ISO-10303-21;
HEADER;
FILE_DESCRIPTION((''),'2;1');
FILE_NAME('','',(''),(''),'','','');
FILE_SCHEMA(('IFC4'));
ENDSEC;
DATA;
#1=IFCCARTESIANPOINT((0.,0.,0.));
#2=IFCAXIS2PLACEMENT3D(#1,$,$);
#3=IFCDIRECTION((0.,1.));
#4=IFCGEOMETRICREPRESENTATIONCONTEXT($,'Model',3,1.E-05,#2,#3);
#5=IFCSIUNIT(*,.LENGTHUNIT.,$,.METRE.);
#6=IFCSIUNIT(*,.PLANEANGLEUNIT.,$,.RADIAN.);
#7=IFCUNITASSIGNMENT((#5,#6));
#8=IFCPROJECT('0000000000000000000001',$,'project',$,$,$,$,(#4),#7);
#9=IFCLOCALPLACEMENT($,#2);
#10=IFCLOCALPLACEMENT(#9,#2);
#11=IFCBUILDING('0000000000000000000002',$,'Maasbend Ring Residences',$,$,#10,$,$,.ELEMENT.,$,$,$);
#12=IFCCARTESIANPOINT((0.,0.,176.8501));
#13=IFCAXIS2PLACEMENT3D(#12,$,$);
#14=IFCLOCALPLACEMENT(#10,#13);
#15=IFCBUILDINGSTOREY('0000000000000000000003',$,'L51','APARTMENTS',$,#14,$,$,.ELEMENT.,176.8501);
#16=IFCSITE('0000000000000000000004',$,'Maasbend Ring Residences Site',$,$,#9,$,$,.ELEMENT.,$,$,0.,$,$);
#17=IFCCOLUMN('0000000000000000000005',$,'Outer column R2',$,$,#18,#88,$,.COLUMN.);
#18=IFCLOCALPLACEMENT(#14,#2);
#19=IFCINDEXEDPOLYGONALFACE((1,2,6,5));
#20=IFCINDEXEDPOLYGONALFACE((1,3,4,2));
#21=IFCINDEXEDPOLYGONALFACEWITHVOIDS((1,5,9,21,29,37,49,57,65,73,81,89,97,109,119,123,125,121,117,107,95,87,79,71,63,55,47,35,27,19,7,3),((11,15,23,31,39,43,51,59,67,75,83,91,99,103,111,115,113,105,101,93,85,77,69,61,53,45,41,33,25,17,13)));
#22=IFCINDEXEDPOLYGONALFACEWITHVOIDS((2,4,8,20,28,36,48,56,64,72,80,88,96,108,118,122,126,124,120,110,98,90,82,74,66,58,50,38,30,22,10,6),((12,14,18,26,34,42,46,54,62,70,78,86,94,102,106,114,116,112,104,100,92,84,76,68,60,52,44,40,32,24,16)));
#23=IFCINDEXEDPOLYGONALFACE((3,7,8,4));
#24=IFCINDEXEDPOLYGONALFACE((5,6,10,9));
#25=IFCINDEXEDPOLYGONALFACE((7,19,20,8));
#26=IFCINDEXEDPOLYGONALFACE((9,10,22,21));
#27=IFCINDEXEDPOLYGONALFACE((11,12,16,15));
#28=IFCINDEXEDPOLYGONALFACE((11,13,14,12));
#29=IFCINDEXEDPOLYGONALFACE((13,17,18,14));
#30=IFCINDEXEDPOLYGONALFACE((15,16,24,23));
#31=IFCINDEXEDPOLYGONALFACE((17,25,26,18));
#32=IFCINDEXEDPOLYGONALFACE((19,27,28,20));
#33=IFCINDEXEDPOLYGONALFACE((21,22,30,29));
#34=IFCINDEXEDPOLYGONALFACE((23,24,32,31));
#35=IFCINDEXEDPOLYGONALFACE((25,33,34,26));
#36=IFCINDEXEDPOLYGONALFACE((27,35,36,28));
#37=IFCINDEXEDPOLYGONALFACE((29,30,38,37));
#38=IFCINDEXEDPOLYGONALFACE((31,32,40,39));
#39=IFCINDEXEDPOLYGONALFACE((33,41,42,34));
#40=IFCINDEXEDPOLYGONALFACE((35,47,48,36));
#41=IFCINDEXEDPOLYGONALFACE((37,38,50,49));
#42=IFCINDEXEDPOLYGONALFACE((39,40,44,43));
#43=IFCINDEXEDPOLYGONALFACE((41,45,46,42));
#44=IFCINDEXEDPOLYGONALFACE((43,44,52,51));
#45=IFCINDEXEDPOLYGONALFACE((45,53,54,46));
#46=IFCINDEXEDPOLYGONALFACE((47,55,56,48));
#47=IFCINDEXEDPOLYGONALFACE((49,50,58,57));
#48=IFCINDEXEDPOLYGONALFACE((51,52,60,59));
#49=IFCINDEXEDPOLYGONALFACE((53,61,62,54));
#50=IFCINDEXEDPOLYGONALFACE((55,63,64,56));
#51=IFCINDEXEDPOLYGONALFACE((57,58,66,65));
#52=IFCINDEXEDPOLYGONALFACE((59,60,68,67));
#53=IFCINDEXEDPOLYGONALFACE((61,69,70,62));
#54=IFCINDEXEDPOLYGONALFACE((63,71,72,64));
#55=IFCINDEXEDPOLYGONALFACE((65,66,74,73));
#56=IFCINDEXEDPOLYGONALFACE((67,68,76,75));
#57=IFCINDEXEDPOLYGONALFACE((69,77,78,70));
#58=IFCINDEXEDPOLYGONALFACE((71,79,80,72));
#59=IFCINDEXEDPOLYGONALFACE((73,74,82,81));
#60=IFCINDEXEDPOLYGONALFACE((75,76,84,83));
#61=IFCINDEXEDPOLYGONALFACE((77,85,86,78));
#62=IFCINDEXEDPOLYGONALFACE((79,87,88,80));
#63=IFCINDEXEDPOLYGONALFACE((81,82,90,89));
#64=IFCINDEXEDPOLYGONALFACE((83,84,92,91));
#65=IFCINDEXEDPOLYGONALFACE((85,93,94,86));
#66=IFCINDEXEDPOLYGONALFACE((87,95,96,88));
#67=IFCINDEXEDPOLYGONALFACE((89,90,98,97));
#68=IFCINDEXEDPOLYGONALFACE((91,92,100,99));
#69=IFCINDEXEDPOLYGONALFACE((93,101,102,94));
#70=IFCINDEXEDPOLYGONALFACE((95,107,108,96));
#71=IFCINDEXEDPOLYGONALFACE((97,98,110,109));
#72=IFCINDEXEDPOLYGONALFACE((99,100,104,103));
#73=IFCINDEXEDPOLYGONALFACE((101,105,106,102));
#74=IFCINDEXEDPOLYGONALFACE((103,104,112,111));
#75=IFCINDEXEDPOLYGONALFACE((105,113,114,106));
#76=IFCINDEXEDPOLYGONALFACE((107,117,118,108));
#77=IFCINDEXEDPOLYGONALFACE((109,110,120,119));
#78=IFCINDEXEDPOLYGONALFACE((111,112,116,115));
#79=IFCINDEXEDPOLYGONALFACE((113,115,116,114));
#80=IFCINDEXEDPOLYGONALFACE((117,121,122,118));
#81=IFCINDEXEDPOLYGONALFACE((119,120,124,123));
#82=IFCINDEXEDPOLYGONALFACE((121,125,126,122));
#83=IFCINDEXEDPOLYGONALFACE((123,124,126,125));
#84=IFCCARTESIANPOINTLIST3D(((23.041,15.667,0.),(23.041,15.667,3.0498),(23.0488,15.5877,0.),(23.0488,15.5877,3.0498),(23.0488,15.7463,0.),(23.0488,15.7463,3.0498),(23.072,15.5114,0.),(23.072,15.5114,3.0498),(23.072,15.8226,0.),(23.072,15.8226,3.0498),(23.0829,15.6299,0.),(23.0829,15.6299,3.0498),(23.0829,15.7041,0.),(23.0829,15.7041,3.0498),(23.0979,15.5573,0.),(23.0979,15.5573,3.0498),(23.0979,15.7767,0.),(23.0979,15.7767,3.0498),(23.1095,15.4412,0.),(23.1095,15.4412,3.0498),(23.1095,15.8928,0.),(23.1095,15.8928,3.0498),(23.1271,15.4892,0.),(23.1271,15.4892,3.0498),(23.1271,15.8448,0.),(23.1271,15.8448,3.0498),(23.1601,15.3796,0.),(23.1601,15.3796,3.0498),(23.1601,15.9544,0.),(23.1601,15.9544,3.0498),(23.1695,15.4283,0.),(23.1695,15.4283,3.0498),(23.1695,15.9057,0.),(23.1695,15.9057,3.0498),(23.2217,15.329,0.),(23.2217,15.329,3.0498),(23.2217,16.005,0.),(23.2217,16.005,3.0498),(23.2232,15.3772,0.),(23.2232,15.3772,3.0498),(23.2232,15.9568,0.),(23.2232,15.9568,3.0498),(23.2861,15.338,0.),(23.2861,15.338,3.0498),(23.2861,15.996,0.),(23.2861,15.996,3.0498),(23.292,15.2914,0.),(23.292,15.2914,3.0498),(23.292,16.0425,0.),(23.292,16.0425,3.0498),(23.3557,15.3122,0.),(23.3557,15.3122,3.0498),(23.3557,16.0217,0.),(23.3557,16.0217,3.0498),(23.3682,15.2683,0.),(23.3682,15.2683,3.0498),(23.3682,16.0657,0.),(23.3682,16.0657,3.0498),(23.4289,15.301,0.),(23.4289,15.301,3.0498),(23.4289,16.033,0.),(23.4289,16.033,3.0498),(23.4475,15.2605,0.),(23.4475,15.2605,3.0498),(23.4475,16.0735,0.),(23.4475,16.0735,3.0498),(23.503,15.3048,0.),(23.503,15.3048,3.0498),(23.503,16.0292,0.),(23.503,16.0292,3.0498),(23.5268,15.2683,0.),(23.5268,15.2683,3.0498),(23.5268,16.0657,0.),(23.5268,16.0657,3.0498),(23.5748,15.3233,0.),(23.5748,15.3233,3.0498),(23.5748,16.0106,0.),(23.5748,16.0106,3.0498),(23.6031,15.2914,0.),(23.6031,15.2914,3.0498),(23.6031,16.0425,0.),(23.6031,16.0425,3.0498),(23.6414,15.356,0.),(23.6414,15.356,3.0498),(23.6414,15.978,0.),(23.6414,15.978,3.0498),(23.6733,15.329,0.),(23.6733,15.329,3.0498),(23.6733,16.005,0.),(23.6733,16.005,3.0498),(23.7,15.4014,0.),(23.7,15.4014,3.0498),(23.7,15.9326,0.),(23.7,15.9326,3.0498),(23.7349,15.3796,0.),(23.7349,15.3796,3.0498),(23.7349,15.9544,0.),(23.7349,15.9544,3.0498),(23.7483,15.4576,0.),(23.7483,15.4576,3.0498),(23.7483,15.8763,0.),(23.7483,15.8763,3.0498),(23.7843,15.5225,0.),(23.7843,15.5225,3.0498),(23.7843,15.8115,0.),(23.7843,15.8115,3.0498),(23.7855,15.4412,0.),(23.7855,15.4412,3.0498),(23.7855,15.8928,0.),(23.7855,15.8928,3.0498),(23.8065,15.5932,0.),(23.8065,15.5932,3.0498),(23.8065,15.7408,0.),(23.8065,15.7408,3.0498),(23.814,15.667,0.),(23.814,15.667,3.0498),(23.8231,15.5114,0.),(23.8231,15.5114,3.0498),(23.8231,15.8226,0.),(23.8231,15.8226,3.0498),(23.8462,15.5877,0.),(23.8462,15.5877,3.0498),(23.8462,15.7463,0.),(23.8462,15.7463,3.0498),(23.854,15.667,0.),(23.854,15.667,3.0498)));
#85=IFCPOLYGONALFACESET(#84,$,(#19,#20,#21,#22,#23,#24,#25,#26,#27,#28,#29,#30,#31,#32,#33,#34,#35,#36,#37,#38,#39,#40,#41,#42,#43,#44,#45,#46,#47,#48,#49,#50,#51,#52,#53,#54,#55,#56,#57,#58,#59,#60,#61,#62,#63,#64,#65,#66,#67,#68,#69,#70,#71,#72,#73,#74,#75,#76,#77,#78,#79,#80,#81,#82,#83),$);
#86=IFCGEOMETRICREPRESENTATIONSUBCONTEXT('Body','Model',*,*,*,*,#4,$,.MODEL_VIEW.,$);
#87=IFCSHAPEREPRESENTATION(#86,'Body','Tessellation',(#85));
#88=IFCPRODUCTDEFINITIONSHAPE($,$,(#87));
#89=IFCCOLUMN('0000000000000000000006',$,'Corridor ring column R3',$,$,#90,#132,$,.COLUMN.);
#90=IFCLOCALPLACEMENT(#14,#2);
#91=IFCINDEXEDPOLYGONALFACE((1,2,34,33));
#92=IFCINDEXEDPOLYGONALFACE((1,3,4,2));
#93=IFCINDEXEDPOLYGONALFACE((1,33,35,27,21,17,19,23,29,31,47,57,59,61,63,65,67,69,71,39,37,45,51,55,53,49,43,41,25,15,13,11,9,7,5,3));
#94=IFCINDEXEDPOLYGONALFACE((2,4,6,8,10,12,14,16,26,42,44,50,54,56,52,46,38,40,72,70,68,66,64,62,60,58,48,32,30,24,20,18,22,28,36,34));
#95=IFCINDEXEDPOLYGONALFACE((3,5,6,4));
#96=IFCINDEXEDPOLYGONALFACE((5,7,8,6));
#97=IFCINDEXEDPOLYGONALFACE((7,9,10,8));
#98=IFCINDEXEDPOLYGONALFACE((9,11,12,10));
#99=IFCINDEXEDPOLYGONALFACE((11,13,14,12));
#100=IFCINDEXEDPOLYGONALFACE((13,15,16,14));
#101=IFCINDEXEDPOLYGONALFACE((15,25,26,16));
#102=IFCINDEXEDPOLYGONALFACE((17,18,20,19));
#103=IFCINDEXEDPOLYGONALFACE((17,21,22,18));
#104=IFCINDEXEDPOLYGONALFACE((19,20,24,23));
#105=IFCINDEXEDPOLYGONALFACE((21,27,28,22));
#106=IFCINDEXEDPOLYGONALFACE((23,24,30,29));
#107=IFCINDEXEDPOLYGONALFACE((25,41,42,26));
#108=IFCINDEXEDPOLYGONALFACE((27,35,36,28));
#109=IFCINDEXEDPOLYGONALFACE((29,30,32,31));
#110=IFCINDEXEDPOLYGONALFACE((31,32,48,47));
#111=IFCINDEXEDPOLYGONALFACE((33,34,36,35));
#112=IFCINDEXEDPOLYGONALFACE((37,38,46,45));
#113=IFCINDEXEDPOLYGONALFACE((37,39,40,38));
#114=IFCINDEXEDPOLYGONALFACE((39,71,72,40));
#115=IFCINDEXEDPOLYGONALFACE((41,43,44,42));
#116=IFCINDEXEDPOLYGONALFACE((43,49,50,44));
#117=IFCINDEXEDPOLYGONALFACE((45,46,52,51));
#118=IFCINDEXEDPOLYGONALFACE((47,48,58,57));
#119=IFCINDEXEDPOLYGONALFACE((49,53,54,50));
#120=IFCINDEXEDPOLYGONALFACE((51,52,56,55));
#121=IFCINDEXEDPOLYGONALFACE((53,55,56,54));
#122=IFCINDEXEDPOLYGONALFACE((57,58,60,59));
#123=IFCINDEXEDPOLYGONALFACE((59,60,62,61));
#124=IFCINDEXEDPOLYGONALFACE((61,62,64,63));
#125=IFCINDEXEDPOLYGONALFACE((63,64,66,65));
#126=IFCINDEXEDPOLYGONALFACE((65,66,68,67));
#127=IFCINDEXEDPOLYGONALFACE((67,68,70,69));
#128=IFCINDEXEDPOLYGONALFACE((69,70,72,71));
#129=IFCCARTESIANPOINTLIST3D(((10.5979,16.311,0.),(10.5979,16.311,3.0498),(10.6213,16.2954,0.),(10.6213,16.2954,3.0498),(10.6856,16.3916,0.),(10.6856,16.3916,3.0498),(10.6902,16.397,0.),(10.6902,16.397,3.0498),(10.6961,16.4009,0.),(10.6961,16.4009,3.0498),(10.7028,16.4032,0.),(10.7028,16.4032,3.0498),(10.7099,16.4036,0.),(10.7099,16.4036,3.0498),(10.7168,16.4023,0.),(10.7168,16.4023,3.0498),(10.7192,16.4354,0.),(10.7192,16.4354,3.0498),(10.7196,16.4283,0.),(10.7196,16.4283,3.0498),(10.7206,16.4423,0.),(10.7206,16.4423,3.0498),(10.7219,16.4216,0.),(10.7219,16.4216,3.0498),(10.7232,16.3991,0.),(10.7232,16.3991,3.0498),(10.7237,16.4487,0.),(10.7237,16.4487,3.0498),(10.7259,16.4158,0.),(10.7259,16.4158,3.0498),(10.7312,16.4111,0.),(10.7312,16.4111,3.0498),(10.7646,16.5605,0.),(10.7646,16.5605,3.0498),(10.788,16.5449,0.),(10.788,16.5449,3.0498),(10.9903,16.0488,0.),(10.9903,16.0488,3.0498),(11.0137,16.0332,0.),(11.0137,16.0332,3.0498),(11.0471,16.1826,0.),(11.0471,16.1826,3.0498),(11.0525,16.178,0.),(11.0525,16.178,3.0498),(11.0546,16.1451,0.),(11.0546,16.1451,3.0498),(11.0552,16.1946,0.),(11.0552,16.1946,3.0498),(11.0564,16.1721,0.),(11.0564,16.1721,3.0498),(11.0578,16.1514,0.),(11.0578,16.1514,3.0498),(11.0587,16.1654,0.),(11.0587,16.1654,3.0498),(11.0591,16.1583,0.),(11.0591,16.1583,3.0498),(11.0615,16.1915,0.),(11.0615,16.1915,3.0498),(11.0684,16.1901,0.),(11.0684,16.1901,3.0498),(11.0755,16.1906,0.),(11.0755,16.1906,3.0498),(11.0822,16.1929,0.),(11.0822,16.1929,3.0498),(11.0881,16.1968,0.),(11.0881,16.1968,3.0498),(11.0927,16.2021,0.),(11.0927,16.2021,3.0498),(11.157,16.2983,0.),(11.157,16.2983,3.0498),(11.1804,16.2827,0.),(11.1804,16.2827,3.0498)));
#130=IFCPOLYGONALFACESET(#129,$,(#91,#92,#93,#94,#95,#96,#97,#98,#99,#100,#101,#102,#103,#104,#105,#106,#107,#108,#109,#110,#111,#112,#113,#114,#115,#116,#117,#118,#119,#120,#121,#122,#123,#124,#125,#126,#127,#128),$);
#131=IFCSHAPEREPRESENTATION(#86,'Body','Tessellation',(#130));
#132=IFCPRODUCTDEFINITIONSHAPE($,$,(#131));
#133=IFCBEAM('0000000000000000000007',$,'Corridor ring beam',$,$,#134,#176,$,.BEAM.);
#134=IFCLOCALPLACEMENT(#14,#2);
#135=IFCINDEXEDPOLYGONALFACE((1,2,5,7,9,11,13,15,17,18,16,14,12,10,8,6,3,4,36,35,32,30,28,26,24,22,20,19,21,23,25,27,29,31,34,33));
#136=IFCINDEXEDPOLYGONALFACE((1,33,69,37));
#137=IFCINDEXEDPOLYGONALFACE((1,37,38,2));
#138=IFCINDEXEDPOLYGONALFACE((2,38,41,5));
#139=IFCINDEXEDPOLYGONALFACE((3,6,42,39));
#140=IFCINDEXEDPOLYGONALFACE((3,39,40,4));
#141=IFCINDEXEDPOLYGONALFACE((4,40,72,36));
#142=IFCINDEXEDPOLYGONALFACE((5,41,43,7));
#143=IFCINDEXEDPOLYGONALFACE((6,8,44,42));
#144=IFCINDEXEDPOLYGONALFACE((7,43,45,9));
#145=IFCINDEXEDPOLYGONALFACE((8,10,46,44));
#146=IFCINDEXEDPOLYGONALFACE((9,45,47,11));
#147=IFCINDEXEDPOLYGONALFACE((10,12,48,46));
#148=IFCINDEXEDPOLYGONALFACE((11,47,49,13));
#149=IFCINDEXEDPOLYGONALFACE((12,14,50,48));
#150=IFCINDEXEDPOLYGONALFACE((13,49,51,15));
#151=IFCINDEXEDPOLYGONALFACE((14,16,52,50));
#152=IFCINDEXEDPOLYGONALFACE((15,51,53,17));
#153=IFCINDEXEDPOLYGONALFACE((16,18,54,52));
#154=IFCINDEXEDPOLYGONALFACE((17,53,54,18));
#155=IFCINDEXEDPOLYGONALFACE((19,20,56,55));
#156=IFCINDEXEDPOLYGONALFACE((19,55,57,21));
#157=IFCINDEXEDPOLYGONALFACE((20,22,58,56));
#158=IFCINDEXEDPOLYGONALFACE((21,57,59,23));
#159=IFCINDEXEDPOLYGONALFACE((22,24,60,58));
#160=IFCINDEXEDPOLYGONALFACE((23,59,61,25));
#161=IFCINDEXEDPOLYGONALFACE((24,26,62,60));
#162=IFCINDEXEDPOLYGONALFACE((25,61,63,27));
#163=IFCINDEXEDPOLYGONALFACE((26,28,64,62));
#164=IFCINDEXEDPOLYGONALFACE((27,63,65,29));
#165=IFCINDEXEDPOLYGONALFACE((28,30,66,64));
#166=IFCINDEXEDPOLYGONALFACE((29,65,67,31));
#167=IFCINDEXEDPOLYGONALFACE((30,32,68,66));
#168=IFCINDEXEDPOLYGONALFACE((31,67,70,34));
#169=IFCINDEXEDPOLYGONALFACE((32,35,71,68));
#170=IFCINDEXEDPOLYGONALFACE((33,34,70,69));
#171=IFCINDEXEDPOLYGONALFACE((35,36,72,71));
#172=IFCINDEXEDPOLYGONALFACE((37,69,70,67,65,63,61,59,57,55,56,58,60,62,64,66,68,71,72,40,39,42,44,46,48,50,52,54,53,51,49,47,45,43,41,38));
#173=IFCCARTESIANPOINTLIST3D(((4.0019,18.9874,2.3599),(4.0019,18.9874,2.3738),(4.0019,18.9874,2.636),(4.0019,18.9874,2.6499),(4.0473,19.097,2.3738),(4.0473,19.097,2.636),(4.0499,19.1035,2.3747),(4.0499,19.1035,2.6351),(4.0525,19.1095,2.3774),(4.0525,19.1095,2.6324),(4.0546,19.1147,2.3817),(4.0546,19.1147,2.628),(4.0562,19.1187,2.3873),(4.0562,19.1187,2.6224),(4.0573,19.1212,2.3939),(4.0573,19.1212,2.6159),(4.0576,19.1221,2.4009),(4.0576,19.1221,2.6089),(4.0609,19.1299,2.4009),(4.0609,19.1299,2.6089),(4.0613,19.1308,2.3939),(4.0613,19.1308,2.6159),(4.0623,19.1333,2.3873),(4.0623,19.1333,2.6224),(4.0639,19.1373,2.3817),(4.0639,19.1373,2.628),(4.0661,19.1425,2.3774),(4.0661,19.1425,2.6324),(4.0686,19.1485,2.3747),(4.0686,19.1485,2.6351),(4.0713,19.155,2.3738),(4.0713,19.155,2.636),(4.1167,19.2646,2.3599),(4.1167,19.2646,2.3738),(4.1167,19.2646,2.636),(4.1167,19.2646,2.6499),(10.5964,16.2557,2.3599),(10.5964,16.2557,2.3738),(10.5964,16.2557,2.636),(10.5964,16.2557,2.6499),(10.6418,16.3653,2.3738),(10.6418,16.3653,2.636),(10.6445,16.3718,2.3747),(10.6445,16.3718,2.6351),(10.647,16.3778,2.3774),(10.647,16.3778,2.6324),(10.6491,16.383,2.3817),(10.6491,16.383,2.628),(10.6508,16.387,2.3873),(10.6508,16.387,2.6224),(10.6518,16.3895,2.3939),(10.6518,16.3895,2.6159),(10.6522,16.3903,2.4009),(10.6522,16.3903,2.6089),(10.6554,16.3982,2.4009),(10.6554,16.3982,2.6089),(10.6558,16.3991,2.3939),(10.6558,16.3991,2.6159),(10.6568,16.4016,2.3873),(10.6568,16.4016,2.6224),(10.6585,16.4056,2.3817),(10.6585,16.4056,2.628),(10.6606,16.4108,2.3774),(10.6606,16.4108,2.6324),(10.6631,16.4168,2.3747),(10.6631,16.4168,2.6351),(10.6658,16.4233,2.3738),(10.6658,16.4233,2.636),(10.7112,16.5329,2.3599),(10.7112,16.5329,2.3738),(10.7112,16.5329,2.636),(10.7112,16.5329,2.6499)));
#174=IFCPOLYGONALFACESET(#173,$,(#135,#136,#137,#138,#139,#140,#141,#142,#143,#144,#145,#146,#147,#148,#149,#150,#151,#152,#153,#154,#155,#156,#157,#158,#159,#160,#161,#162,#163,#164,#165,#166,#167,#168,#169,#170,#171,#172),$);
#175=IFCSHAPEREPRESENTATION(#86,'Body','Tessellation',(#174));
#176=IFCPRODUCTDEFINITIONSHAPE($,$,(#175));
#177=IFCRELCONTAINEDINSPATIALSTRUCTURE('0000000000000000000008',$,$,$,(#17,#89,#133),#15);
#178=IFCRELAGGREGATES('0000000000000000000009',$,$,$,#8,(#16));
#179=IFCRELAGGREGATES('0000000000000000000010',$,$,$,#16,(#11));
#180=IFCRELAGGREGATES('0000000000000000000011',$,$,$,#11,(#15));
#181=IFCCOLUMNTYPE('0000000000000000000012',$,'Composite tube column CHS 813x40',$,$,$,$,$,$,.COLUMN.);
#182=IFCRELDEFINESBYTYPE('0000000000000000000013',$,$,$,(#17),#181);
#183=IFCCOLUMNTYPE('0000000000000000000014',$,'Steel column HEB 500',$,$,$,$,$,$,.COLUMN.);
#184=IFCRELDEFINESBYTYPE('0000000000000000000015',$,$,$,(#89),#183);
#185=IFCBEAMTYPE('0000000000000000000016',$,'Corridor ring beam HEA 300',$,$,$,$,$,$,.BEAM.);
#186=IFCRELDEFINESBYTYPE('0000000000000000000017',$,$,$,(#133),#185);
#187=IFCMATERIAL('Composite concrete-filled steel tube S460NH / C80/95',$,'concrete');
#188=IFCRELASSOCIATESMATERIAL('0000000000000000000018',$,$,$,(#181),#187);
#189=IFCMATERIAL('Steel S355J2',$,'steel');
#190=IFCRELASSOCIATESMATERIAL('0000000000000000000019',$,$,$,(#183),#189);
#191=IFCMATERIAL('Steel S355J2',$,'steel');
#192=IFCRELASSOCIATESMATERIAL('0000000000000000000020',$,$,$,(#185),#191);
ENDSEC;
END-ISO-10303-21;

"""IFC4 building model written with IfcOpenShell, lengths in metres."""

from ifc_helpers import new_model, si_unit, direction, frame, origin, origin_2d, place, context, subcontext, project, spatial, hollow_circle, i_section, extrude, material, material_profile, profile_set, type_object, element, save


model = new_model("IFC4")

# Units and contexts
model_context = context("Model", 3, precision=1e-05, world=origin(), true_north=direction((0.0, 1.0)))
body_context = subcontext(model_context, "Body", "Model", "MODEL_VIEW")
ifc_project = project(units=[si_unit("LENGTHUNIT", "METRE"), si_unit("PLANEANGLEUNIT", "RADIAN")], contexts=[model_context])

# Site, building, storey
site_placement = place(None, origin())
site = spatial("IfcSite", under=ifc_project, at=site_placement, Name="Maasbend Ring Residences Site", CompositionType="ELEMENT", RefElevation=0.0)
building_placement = place(site_placement, origin())
building = spatial("IfcBuilding", under=site, at=building_placement, Name="Maasbend Ring Residences", CompositionType="ELEMENT")
storey_placement = place(building_placement, frame((0.0, 0.0, 176.8501)))
storey = spatial("IfcBuildingStorey", under=building, at=storey_placement, Name="L51", Description="APARTMENTS", CompositionType="ELEMENT", Elevation=176.8501)

# Columns
ifc_material_1 = material(Name="Composite concrete-filled steel tube S460NH / C80/95", Category="concrete")
ifc_material_profile_1 = material_profile(ifc_material_1, hollow_circle(Radius=0.4065, WallThickness=0.04, at=origin_2d()), Name="Composite tube column CHS 813x40")
ifc_profile_set_1 = profile_set([ifc_material_profile_1], Name="Composite concrete-filled steel tube S460NH / C80/95")
column_type_1 = type_object("IfcColumnType", Name="Composite tube column CHS 813x40", PredefinedType="COLUMN", material=ifc_profile_set_1)
column_1_placement = place(storey_placement, frame((23.4475, 15.667, 0.0), z_axis=(0.0, 0.0, 1.0), x_axis=(1.0, 0.0, 0.0)))
element("IfcColumn", 1, at=column_1_placement, inside=storey, type_object=column_type_1, Name="Outer column R2", PredefinedType="COLUMN", context=body_context, shape_type="SweptSolid", body=[
    extrude(hollow_circle(Radius=0.4065, WallThickness=0.04, at=origin_2d()), origin(), (0.0, 0.0, 1.0), 3.0498),
])
ifc_material_2 = material(Name="Steel S355J2", Category="steel")
ifc_material_profile_2 = material_profile(ifc_material_2, i_section(OverallWidth=0.3, OverallDepth=0.5, WebThickness=0.0144, FlangeThickness=0.0281, FilletRadius=0.0271, at=origin_2d()), Name="HEB 500")
ifc_profile_set_2 = profile_set([ifc_material_profile_2], Name="Steel S355J2")
column_type_2 = type_object("IfcColumnType", Name="Steel column HEB 500", PredefinedType="COLUMN", material=ifc_profile_set_2)
column_2_placement = place(storey_placement, frame((10.8892, 16.2969, 0.0), z_axis=(0.0, 0.0, 1.0), x_axis=(0.55557, 0.83147, 0.0)))
element("IfcColumn", 2, at=column_2_placement, inside=storey, type_object=column_type_2, Name="Corridor ring column R3", PredefinedType="COLUMN", context=body_context, shape_type="SweptSolid", body=[
    extrude(i_section(OverallWidth=0.3, OverallDepth=0.5, WebThickness=0.0144, FlangeThickness=0.0281, FilletRadius=0.0271, at=origin_2d()), origin(), (0.0, 0.0, 1.0), 3.0498),
])

# Beam
ifc_material_3 = material(Name="Steel S355J2", Category="steel")
ifc_material_profile_3 = material_profile(ifc_material_3, i_section(OverallWidth=0.3, OverallDepth=0.29, WebThickness=0.0085, FlangeThickness=0.0139, FilletRadius=0.0271, at=origin_2d()), Name="HEA 300")
ifc_profile_set_3 = profile_set([ifc_material_profile_3], Name="Steel S355J2")
beam_type_1 = type_object("IfcBeamType", Name="Corridor ring beam HEA 300", PredefinedType="BEAM", material=ifc_profile_set_3)
beam_1_placement = place(storey_placement, frame((10.6538, 16.3943, 2.5049), z_axis=(-0.923871, 0.382703, 0.0), x_axis=(-0.382703, -0.923871, 0.0)))
element("IfcBeam", 3, at=beam_1_placement, inside=storey, type_object=beam_type_1, Name="Corridor ring beam", PredefinedType="BEAM", context=body_context, shape_type="SweptSolid", body=[
    extrude(i_section(OverallWidth=0.3, OverallDepth=0.29, WebThickness=0.0085, FlangeThickness=0.0139, FilletRadius=0.0271, at=origin_2d()), origin(), (0.0, 0.0, 1.0), 7.1379),
])

save(model, "model.ifc")
